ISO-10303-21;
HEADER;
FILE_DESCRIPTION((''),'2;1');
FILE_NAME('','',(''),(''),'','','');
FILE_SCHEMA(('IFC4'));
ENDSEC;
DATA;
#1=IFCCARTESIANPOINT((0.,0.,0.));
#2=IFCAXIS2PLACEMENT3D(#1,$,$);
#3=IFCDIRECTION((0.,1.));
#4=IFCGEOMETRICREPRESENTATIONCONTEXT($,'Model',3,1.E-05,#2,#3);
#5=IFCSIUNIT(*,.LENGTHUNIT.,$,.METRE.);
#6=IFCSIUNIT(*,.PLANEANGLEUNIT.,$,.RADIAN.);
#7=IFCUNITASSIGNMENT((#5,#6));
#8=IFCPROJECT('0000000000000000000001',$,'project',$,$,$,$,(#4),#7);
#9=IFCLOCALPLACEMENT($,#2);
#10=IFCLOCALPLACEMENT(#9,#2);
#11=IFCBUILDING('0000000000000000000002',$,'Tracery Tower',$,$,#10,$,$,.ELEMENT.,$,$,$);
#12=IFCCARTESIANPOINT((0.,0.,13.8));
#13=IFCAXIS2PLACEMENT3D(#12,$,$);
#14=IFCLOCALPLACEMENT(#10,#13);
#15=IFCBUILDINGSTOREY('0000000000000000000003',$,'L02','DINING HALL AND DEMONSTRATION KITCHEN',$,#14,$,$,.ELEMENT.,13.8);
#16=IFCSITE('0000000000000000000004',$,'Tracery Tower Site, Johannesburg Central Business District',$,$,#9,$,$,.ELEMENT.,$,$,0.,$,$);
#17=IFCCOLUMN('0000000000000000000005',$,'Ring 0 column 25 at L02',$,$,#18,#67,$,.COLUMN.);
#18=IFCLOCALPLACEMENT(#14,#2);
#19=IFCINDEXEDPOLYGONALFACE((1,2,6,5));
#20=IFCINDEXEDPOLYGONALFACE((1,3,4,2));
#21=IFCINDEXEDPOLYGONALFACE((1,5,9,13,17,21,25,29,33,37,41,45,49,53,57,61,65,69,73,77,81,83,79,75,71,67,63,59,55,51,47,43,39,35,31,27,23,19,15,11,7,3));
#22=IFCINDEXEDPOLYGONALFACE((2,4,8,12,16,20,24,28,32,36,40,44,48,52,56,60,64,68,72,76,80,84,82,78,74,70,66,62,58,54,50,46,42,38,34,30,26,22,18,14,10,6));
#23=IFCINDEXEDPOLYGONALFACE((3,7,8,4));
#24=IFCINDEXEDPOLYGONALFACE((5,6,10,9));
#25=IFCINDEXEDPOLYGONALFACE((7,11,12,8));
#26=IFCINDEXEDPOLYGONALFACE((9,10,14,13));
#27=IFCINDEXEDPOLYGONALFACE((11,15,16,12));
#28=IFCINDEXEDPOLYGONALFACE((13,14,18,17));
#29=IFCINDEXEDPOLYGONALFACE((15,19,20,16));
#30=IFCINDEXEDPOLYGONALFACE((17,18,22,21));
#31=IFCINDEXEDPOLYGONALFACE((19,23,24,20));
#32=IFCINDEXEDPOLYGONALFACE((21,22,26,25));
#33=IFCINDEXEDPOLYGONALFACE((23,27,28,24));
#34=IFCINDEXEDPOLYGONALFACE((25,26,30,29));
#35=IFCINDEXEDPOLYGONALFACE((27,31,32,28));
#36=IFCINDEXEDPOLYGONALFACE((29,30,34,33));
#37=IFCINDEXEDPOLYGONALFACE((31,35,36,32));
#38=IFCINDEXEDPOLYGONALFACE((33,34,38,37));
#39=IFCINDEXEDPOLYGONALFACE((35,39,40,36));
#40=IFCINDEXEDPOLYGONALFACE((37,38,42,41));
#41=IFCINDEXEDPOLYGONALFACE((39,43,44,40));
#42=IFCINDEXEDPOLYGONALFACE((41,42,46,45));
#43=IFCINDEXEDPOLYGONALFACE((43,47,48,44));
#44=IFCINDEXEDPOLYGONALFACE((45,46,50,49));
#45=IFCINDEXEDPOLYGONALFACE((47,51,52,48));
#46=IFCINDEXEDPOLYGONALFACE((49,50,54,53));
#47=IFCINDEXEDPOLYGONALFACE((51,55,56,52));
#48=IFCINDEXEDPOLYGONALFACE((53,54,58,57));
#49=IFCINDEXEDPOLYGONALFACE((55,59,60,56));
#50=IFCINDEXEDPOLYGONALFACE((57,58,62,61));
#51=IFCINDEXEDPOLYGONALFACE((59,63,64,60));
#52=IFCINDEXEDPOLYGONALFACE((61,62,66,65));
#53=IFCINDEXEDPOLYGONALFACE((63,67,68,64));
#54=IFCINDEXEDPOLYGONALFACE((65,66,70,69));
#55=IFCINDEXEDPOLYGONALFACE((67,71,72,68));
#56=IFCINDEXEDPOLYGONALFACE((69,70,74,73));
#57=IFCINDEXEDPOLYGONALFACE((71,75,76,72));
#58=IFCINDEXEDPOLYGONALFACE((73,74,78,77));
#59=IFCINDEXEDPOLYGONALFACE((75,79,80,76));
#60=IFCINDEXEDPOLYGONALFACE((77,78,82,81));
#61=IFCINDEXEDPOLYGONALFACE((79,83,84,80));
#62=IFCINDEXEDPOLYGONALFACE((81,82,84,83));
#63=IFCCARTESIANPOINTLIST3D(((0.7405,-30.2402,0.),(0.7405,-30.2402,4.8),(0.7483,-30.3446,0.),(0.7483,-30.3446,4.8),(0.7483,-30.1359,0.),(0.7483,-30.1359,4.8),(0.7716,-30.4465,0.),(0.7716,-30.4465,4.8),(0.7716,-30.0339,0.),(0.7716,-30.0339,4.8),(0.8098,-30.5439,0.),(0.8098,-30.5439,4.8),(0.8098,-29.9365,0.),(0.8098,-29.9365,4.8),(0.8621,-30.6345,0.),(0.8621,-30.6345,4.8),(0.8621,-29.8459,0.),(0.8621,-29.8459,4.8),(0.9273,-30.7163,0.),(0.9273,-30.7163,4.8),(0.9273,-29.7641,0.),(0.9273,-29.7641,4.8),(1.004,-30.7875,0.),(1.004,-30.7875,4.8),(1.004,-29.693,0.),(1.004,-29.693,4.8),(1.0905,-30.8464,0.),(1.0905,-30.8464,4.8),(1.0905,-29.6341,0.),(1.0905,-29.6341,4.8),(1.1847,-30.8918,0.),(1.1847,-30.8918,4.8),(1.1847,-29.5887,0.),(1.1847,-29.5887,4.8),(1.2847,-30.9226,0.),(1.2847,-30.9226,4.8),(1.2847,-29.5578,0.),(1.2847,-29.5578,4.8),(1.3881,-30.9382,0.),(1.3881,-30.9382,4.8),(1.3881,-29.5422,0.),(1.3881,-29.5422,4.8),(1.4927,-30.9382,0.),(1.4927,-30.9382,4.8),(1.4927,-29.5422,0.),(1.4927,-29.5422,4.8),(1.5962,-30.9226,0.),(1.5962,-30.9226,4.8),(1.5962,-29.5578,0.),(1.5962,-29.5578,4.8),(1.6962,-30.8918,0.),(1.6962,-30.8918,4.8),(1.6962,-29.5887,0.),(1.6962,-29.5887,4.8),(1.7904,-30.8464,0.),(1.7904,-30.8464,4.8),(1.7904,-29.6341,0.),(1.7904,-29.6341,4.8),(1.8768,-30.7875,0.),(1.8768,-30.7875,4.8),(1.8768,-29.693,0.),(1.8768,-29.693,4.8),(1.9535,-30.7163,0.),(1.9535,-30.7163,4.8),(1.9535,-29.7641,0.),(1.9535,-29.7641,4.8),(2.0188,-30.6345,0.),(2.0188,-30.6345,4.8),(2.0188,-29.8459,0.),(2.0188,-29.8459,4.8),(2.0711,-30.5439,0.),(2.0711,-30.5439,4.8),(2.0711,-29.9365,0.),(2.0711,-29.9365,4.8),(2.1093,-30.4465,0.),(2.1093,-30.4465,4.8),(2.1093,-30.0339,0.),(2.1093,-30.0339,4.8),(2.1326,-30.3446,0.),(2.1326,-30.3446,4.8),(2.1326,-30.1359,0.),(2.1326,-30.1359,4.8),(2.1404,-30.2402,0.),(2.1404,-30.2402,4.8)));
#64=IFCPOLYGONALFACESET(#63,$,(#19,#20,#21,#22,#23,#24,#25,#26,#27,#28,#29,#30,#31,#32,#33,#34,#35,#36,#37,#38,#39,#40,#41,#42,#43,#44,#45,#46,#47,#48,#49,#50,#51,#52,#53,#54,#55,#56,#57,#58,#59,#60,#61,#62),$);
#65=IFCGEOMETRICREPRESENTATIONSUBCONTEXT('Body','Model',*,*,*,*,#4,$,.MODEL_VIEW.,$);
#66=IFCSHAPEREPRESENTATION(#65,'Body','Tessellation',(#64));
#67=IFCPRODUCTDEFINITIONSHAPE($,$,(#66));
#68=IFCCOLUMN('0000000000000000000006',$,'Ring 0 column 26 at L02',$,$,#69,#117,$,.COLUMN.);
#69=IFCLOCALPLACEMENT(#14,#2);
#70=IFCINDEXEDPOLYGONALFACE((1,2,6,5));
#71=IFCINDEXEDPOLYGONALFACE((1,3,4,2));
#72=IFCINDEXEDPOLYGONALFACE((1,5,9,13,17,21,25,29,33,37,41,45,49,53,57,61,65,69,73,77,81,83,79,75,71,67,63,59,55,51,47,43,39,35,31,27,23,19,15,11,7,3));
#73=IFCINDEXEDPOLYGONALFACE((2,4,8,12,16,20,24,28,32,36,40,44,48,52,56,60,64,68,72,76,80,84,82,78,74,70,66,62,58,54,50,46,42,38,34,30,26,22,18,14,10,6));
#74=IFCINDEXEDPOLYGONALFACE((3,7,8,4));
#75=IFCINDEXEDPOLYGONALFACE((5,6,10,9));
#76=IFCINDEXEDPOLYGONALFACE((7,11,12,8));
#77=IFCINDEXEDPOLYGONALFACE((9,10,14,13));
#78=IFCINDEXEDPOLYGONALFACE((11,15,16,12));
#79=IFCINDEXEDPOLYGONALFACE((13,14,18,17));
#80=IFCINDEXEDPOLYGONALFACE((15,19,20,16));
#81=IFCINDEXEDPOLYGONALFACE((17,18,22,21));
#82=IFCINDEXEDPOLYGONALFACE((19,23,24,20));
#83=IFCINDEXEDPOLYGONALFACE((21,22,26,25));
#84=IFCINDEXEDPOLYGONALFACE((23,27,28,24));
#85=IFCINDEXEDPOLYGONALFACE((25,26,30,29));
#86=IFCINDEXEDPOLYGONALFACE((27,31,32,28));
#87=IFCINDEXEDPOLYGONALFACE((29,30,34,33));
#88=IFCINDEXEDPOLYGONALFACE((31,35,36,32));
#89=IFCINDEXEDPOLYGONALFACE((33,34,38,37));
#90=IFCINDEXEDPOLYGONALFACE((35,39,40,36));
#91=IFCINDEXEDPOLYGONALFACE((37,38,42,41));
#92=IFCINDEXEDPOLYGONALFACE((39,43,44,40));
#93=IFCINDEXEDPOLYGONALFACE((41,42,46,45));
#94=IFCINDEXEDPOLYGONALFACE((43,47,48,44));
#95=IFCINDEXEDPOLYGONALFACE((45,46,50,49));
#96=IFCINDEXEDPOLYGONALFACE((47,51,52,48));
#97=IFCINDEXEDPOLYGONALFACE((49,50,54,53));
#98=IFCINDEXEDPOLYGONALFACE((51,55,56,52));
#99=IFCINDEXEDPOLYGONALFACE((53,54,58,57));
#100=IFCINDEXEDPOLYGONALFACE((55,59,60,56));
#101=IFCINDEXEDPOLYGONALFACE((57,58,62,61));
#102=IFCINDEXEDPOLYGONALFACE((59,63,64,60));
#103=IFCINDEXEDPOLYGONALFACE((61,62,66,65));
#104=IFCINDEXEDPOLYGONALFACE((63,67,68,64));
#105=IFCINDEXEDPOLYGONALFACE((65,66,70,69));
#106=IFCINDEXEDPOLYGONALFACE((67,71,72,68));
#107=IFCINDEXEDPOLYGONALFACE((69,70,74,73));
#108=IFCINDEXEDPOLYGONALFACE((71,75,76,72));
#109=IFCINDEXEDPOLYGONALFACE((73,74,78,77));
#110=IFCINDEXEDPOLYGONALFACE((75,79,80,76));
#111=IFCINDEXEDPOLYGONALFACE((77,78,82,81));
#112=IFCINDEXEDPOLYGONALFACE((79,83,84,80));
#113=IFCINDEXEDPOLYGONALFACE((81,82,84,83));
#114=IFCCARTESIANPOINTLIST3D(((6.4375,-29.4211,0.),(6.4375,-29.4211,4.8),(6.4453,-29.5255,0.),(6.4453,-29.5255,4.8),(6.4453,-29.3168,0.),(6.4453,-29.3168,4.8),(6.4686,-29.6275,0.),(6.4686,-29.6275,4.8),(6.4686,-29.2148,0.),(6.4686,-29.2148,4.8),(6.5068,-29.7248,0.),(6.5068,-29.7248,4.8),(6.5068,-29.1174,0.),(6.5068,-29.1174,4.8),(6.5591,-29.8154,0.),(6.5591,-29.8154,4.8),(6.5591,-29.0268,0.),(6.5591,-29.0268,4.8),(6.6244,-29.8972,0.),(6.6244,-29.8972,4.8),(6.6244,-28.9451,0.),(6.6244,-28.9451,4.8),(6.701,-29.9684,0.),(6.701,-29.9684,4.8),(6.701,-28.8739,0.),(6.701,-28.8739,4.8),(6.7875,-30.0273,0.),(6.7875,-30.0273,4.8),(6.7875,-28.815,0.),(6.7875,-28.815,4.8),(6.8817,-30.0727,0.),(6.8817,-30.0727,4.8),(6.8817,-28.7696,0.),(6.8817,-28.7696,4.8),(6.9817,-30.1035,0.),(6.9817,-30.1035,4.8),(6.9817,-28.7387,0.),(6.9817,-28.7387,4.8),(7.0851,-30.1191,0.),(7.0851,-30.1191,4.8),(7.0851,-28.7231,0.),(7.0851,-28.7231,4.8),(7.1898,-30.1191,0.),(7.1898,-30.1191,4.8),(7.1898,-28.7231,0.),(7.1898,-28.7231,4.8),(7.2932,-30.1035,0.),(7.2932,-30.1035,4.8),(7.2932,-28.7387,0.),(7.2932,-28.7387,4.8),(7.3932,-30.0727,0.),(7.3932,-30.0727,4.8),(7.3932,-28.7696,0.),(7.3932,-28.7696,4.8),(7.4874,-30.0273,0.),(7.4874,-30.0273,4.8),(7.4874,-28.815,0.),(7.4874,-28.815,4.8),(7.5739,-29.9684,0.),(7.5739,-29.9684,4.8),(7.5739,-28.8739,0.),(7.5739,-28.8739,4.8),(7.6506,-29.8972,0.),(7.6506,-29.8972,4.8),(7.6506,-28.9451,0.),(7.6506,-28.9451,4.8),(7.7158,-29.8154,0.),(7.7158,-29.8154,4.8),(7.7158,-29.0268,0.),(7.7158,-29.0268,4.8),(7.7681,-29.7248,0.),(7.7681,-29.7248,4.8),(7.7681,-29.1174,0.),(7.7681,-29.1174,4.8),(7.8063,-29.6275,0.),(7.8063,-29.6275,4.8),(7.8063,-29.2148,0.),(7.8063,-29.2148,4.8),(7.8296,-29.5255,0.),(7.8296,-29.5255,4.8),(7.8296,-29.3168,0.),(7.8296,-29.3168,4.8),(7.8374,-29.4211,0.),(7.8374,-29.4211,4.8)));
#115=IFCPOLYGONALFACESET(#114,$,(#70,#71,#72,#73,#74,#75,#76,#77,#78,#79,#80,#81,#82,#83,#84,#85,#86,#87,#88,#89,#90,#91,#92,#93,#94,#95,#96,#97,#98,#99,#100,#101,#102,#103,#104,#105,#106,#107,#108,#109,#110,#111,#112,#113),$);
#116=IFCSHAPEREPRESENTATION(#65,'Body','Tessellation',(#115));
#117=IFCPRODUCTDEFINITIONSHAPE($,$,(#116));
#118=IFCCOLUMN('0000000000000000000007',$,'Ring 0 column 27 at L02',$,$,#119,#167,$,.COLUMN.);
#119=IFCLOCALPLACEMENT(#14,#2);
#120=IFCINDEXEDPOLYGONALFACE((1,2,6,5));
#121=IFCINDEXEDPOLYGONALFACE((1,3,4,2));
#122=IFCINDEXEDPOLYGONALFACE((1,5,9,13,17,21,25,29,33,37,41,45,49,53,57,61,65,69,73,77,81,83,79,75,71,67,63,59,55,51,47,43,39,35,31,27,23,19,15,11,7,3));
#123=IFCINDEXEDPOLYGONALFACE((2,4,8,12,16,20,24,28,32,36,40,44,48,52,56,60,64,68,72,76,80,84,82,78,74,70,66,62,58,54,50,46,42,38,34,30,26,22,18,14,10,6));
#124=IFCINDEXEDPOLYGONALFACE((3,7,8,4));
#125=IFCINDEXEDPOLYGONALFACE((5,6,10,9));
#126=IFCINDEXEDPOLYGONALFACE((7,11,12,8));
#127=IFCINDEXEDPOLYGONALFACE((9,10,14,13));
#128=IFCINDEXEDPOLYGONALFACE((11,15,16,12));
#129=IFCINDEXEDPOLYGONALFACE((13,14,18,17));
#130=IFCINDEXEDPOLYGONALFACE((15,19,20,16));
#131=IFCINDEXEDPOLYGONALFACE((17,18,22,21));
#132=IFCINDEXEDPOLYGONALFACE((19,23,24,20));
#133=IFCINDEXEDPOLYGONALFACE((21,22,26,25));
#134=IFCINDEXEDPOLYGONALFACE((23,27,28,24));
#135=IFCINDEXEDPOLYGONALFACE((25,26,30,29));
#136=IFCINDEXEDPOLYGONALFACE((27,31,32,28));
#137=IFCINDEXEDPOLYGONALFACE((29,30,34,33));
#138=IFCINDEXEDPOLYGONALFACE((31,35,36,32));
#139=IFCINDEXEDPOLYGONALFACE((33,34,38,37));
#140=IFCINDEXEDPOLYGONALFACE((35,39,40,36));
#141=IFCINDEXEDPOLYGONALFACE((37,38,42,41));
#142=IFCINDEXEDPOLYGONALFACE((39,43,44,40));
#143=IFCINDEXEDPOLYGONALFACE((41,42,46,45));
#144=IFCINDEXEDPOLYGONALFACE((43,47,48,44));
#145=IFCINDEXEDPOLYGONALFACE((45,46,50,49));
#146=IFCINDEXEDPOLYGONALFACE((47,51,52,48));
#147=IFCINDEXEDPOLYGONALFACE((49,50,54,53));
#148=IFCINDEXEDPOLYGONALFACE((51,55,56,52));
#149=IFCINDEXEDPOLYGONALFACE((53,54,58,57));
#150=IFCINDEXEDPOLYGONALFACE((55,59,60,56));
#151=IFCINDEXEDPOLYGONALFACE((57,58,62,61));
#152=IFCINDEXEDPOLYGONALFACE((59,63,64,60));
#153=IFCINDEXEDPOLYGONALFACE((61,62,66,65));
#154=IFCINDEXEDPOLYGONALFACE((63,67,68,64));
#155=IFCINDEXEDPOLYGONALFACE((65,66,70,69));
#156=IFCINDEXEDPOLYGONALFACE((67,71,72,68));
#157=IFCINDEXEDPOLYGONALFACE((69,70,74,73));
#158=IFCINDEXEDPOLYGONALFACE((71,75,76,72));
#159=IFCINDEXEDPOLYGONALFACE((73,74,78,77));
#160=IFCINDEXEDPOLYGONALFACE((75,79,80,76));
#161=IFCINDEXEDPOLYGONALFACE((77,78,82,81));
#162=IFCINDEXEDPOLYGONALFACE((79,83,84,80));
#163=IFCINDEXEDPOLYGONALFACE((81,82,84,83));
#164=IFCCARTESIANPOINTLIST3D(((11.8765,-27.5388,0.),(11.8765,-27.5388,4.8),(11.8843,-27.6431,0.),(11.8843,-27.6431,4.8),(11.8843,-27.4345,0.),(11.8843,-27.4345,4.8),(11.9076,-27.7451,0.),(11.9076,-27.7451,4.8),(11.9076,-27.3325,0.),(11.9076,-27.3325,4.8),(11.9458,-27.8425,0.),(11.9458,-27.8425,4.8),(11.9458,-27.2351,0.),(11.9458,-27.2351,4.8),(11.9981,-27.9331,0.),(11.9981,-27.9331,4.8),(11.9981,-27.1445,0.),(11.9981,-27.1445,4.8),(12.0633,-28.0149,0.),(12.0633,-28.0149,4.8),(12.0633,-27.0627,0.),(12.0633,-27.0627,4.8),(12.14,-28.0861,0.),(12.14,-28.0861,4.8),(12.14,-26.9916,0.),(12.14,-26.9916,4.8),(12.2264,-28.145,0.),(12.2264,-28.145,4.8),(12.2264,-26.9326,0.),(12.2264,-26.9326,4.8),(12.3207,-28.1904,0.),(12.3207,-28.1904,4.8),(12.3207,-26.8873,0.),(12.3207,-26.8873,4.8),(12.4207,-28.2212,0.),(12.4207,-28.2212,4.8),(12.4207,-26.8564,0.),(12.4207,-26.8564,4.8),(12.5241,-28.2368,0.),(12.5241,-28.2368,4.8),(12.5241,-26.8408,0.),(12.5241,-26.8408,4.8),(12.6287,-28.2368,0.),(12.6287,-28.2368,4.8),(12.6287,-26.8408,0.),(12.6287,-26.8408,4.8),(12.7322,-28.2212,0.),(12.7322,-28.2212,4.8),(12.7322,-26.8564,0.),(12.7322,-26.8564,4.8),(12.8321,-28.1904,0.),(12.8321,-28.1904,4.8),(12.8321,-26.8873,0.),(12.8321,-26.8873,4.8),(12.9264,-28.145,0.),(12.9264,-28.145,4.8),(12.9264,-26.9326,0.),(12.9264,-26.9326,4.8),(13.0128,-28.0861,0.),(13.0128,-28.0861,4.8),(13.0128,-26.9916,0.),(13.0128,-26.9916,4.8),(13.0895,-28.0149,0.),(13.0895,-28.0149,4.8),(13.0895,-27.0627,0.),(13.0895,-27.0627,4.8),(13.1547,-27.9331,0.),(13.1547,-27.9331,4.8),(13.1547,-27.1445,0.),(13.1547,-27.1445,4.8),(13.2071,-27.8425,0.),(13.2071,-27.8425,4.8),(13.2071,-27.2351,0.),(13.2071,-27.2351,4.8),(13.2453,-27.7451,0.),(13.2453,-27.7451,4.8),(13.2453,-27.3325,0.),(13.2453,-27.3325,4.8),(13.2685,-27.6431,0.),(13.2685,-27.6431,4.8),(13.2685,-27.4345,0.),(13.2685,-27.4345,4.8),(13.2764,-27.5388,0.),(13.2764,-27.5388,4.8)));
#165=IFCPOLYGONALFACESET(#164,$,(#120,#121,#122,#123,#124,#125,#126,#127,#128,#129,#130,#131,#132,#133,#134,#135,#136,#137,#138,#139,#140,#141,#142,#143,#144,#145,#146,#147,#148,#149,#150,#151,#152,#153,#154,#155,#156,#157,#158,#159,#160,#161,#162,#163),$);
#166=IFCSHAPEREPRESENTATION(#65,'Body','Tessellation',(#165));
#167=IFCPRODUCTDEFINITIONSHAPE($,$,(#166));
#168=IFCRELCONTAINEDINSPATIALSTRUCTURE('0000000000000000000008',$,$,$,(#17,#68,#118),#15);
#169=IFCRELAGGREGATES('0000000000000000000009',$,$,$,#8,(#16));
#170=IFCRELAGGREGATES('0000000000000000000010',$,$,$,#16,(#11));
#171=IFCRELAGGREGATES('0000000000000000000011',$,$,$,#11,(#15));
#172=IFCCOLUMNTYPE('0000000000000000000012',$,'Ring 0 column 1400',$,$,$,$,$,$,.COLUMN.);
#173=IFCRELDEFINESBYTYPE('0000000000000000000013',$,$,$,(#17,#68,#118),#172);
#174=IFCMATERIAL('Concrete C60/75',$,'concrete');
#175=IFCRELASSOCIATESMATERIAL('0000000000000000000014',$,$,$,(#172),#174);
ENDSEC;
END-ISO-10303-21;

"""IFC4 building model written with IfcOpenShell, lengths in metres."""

from ifc_helpers import new_model, si_unit, direction, frame, origin, origin_2d, place, context, subcontext, project, spatial, circle, extrude, material, material_profile, profile_set, type_object, element, save


model = new_model("IFC4")

# Units and contexts
model_context = context("Model", 3, precision=1e-05, world=origin(), true_north=direction((0.0, 1.0)))
body_context = subcontext(model_context, "Body", "Model", "MODEL_VIEW")
ifc_project = project(units=[si_unit("LENGTHUNIT", "METRE"), si_unit("PLANEANGLEUNIT", "RADIAN")], contexts=[model_context])

# Site, building, storey
site_placement = place(None, origin())
site = spatial("IfcSite", under=ifc_project, at=site_placement, Name="Tracery Tower Site, Johannesburg Central Business District", CompositionType="ELEMENT", RefElevation=0.0)
building_placement = place(site_placement, origin())
building = spatial("IfcBuilding", under=site, at=building_placement, Name="Tracery Tower", CompositionType="ELEMENT")
storey_placement = place(building_placement, frame((0.0, 0.0, 13.8)))
storey = spatial("IfcBuildingStorey", under=building, at=storey_placement, Name="L02", Description="DINING HALL AND DEMONSTRATION KITCHEN", CompositionType="ELEMENT", Elevation=13.8)

# Columns
ifc_material_1 = material(Name="Concrete C60/75", Category="concrete")
ifc_material_profile_1 = material_profile(ifc_material_1, circle(Radius=0.7, at=origin_2d()), Name="RC D1400")
ifc_profile_set_1 = profile_set([ifc_material_profile_1], Name="Concrete C60/75")
column_type_1 = type_object("IfcColumnType", Name="Ring 0 column 1400", PredefinedType="COLUMN", material=ifc_profile_set_1)
for number, where, z_axis, x_axis, name in (
    (1, (1.4404, -30.2402, 0.0), (0.0, 0.0, 1.0), (1.0, 0.0, 0.0), "Ring 0 column 25 at L02"),
    (2, (7.1375, -29.4211, 0.0), (0.0, 0.0, 1.0), (1.0, 0.0, 0.0), "Ring 0 column 26 at L02"),
    (3, (12.5764, -27.5388, 0.0), (0.0, 0.0, 1.0), (1.0, 0.0, 0.0), "Ring 0 column 27 at L02"),
):
    element("IfcColumn", number, at=place(storey_placement, frame(where, z_axis=z_axis, x_axis=x_axis)), inside=storey, type_object=column_type_1, Name=name, PredefinedType="COLUMN", context=body_context, shape_type="SweptSolid", body=[
        extrude(circle(Radius=0.7, at=origin_2d()), origin(), (0.0, 0.0, 1.0), 4.8),
    ])

save(model, "model.ifc")
